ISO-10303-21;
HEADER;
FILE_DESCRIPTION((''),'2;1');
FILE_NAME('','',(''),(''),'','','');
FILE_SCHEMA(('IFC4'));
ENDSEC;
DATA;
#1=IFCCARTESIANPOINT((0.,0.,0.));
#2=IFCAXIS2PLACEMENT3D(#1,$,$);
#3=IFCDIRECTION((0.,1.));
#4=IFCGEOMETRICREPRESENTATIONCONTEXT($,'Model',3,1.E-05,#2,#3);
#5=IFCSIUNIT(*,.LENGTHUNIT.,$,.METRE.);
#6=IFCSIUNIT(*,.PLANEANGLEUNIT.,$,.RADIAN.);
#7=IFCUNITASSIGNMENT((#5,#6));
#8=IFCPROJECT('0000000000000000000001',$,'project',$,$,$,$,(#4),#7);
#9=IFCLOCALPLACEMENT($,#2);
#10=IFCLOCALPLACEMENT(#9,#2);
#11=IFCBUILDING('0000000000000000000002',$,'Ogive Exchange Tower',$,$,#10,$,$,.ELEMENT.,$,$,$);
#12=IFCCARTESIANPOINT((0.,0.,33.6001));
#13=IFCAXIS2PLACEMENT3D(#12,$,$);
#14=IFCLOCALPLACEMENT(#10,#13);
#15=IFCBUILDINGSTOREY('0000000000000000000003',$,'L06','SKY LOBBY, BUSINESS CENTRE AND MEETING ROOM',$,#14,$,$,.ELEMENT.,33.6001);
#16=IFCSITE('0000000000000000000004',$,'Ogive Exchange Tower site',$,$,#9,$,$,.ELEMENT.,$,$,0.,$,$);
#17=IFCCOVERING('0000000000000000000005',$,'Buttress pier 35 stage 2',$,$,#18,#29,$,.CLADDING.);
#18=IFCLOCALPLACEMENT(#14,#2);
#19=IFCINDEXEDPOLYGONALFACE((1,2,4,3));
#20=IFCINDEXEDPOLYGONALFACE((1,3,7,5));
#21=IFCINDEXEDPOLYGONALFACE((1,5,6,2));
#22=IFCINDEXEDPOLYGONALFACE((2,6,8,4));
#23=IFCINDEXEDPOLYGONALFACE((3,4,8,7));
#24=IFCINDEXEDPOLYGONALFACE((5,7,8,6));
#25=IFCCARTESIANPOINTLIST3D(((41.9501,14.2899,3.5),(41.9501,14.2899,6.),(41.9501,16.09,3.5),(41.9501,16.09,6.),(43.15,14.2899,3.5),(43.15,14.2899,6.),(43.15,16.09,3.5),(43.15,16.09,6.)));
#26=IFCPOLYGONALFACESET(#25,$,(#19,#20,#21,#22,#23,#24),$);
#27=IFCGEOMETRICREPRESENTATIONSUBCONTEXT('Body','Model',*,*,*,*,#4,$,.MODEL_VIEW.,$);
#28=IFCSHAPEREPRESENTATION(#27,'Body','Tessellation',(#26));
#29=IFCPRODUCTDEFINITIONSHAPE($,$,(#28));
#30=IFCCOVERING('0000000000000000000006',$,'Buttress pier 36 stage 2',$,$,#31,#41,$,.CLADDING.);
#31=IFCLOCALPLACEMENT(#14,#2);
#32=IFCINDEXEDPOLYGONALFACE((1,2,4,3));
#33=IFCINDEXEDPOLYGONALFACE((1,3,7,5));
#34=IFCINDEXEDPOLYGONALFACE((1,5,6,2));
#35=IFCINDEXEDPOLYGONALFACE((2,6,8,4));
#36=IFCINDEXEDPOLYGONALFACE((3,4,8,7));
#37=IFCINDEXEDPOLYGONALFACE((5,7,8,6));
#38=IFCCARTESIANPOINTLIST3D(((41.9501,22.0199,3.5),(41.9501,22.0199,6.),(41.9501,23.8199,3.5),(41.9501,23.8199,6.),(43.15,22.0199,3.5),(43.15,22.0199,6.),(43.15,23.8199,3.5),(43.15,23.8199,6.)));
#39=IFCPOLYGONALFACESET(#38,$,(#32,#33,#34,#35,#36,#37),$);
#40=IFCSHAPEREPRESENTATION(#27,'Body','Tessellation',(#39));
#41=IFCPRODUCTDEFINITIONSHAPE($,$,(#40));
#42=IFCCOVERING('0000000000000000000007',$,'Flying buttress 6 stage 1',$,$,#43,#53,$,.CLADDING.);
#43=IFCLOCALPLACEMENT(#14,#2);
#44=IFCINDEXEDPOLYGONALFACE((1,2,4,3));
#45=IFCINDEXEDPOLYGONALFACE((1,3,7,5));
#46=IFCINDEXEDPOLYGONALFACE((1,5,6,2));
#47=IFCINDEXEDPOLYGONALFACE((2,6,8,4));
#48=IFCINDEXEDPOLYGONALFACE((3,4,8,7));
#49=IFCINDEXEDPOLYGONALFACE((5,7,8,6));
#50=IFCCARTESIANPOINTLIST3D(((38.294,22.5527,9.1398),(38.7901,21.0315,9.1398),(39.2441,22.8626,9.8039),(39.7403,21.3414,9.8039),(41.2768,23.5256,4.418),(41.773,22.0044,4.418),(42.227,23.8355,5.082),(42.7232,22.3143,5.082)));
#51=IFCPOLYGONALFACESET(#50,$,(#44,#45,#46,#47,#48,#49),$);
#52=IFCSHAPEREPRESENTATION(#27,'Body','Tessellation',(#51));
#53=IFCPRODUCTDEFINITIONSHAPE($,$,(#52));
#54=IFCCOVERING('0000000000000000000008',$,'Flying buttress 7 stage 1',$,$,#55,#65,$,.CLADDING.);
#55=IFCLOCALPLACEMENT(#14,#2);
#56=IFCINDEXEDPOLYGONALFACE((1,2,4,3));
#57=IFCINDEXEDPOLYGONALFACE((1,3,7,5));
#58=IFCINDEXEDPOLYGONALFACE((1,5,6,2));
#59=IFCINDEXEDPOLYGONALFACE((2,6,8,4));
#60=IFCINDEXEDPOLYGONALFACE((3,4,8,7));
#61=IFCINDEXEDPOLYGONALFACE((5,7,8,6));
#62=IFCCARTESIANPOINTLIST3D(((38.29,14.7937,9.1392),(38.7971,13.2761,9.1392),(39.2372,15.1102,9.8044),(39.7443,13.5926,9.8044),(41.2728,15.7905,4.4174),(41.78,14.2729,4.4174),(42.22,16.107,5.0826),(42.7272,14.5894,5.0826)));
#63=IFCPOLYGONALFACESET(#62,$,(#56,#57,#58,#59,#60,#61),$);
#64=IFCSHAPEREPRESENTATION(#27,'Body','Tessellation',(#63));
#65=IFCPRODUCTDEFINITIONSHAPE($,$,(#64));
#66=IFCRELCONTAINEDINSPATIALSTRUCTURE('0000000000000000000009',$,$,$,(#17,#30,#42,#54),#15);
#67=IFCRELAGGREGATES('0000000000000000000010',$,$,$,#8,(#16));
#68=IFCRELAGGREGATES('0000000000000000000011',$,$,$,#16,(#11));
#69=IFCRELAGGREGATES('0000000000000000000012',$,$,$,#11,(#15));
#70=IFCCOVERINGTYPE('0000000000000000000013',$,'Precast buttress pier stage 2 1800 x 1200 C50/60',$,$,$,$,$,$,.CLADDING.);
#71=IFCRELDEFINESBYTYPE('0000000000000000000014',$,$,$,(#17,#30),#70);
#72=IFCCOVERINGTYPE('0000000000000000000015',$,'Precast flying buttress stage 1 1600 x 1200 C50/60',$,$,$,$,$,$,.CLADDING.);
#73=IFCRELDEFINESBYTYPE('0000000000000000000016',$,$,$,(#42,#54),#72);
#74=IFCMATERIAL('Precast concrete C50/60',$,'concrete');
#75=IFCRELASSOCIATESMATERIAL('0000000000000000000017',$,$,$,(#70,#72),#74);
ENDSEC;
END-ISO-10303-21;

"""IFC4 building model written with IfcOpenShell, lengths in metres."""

from ifc_helpers import new_model, si_unit, direction, frame, origin, origin_2d, place, context, subcontext, project, spatial, rectangle, extrude, material, material_profile, profile_set, type_object, element, save


model = new_model("IFC4")

# Units and contexts
model_context = context("Model", 3, precision=1e-05, world=origin(), true_north=direction((0.0, 1.0)))
body_context = subcontext(model_context, "Body", "Model", "MODEL_VIEW")
ifc_project = project(units=[si_unit("LENGTHUNIT", "METRE"), si_unit("PLANEANGLEUNIT", "RADIAN")], contexts=[model_context])

# Site, building, storey
site_placement = place(None, origin())
site = spatial("IfcSite", under=ifc_project, at=site_placement, Name="Ogive Exchange Tower site", CompositionType="ELEMENT", RefElevation=0.0)
building_placement = place(site_placement, origin())
building = spatial("IfcBuilding", under=site, at=building_placement, Name="Ogive Exchange Tower", CompositionType="ELEMENT")
storey_placement = place(building_placement, frame((0.0, 0.0, 33.6001)))
storey = spatial("IfcBuildingStorey", under=building, at=storey_placement, Name="L06", Description="SKY LOBBY, BUSINESS CENTRE AND MEETING ROOM", CompositionType="ELEMENT", Elevation=33.6001)

# Coverings
ifc_material_1 = material(Name="Precast concrete C50/60", Category="concrete")
ifc_material_profile_1 = material_profile(ifc_material_1, rectangle(XDim=1.8, YDim=1.2, at=origin_2d()), Name="BUTTRESS PIER 2 1800 x 1200")
ifc_profile_set_1 = profile_set([ifc_material_profile_1], Name="Precast concrete C50/60")
covering_type_1 = type_object("IfcCoveringType", Name="Precast buttress pier stage 2 1800 x 1200 C50/60", PredefinedType="CLADDING", material=ifc_profile_set_1)
for number, where, z_axis, x_axis, name in (
    (1, (42.55, 15.1899, 3.5), (0.0, 0.0, 1.0), (0.0, 1.0, 0.0), "Buttress pier 35 stage 2"),
    (2, (42.55, 22.9199, 3.5), (0.0, 0.0, 1.0), (0.0, 1.0, 0.0), "Buttress pier 36 stage 2"),
):
    element("IfcCovering", number, at=place(storey_placement, frame(where, z_axis=z_axis, x_axis=x_axis)), inside=storey, type_object=covering_type_1, Name=name, PredefinedType="CLADDING", context=body_context, shape_type="SweptSolid", body=[
        extrude(rectangle(XDim=1.8, YDim=1.2, at=origin_2d()), origin(), (0.0, 0.0, 1.0), 2.5),
    ])
ifc_material_profile_2 = material_profile(ifc_material_1, rectangle(XDim=1.6001, YDim=1.2, at=origin_2d()), Name="FLYING BUTTRESS 1 1600 x 1200")
ifc_profile_set_2 = profile_set([ifc_material_profile_2], Name="Precast concrete C50/60")
covering_type_2 = type_object("IfcCoveringType", Name="Precast flying buttress stage 1 1600 x 1200 C50/60", PredefinedType="CLADDING", material=ifc_profile_set_2)
covering_1_placement = place(storey_placement, frame((42.0, 22.9199, 4.75), z_axis=(-0.526152, -0.171609, 0.832895), x_axis=(0.310082, -0.95071, 0.0)))
element("IfcCovering", 3, at=covering_1_placement, inside=storey, type_object=covering_type_2, Name="Flying buttress 6 stage 1", PredefinedType="CLADDING", context=body_context, shape_type="SweptSolid", body=[
    extrude(rectangle(XDim=1.6001, YDim=1.2, at=origin_2d()), origin(), (0.0, 0.0, 1.0), 5.6692),
])
covering_2_placement = place(storey_placement, frame((42.0, 15.1899, 4.75), z_axis=(-0.525767, -0.1757, 0.832285), x_axis=(0.31695, -0.948442, 0.0)))
element("IfcCovering", 4, at=covering_2_placement, inside=storey, type_object=covering_type_2, Name="Flying buttress 7 stage 1", PredefinedType="CLADDING", context=body_context, shape_type="SweptSolid", body=[
    extrude(rectangle(XDim=1.6001, YDim=1.2, at=origin_2d()), origin(), (0.0, 0.0, 1.0), 5.6733),
])

save(model, "model.ifc")
